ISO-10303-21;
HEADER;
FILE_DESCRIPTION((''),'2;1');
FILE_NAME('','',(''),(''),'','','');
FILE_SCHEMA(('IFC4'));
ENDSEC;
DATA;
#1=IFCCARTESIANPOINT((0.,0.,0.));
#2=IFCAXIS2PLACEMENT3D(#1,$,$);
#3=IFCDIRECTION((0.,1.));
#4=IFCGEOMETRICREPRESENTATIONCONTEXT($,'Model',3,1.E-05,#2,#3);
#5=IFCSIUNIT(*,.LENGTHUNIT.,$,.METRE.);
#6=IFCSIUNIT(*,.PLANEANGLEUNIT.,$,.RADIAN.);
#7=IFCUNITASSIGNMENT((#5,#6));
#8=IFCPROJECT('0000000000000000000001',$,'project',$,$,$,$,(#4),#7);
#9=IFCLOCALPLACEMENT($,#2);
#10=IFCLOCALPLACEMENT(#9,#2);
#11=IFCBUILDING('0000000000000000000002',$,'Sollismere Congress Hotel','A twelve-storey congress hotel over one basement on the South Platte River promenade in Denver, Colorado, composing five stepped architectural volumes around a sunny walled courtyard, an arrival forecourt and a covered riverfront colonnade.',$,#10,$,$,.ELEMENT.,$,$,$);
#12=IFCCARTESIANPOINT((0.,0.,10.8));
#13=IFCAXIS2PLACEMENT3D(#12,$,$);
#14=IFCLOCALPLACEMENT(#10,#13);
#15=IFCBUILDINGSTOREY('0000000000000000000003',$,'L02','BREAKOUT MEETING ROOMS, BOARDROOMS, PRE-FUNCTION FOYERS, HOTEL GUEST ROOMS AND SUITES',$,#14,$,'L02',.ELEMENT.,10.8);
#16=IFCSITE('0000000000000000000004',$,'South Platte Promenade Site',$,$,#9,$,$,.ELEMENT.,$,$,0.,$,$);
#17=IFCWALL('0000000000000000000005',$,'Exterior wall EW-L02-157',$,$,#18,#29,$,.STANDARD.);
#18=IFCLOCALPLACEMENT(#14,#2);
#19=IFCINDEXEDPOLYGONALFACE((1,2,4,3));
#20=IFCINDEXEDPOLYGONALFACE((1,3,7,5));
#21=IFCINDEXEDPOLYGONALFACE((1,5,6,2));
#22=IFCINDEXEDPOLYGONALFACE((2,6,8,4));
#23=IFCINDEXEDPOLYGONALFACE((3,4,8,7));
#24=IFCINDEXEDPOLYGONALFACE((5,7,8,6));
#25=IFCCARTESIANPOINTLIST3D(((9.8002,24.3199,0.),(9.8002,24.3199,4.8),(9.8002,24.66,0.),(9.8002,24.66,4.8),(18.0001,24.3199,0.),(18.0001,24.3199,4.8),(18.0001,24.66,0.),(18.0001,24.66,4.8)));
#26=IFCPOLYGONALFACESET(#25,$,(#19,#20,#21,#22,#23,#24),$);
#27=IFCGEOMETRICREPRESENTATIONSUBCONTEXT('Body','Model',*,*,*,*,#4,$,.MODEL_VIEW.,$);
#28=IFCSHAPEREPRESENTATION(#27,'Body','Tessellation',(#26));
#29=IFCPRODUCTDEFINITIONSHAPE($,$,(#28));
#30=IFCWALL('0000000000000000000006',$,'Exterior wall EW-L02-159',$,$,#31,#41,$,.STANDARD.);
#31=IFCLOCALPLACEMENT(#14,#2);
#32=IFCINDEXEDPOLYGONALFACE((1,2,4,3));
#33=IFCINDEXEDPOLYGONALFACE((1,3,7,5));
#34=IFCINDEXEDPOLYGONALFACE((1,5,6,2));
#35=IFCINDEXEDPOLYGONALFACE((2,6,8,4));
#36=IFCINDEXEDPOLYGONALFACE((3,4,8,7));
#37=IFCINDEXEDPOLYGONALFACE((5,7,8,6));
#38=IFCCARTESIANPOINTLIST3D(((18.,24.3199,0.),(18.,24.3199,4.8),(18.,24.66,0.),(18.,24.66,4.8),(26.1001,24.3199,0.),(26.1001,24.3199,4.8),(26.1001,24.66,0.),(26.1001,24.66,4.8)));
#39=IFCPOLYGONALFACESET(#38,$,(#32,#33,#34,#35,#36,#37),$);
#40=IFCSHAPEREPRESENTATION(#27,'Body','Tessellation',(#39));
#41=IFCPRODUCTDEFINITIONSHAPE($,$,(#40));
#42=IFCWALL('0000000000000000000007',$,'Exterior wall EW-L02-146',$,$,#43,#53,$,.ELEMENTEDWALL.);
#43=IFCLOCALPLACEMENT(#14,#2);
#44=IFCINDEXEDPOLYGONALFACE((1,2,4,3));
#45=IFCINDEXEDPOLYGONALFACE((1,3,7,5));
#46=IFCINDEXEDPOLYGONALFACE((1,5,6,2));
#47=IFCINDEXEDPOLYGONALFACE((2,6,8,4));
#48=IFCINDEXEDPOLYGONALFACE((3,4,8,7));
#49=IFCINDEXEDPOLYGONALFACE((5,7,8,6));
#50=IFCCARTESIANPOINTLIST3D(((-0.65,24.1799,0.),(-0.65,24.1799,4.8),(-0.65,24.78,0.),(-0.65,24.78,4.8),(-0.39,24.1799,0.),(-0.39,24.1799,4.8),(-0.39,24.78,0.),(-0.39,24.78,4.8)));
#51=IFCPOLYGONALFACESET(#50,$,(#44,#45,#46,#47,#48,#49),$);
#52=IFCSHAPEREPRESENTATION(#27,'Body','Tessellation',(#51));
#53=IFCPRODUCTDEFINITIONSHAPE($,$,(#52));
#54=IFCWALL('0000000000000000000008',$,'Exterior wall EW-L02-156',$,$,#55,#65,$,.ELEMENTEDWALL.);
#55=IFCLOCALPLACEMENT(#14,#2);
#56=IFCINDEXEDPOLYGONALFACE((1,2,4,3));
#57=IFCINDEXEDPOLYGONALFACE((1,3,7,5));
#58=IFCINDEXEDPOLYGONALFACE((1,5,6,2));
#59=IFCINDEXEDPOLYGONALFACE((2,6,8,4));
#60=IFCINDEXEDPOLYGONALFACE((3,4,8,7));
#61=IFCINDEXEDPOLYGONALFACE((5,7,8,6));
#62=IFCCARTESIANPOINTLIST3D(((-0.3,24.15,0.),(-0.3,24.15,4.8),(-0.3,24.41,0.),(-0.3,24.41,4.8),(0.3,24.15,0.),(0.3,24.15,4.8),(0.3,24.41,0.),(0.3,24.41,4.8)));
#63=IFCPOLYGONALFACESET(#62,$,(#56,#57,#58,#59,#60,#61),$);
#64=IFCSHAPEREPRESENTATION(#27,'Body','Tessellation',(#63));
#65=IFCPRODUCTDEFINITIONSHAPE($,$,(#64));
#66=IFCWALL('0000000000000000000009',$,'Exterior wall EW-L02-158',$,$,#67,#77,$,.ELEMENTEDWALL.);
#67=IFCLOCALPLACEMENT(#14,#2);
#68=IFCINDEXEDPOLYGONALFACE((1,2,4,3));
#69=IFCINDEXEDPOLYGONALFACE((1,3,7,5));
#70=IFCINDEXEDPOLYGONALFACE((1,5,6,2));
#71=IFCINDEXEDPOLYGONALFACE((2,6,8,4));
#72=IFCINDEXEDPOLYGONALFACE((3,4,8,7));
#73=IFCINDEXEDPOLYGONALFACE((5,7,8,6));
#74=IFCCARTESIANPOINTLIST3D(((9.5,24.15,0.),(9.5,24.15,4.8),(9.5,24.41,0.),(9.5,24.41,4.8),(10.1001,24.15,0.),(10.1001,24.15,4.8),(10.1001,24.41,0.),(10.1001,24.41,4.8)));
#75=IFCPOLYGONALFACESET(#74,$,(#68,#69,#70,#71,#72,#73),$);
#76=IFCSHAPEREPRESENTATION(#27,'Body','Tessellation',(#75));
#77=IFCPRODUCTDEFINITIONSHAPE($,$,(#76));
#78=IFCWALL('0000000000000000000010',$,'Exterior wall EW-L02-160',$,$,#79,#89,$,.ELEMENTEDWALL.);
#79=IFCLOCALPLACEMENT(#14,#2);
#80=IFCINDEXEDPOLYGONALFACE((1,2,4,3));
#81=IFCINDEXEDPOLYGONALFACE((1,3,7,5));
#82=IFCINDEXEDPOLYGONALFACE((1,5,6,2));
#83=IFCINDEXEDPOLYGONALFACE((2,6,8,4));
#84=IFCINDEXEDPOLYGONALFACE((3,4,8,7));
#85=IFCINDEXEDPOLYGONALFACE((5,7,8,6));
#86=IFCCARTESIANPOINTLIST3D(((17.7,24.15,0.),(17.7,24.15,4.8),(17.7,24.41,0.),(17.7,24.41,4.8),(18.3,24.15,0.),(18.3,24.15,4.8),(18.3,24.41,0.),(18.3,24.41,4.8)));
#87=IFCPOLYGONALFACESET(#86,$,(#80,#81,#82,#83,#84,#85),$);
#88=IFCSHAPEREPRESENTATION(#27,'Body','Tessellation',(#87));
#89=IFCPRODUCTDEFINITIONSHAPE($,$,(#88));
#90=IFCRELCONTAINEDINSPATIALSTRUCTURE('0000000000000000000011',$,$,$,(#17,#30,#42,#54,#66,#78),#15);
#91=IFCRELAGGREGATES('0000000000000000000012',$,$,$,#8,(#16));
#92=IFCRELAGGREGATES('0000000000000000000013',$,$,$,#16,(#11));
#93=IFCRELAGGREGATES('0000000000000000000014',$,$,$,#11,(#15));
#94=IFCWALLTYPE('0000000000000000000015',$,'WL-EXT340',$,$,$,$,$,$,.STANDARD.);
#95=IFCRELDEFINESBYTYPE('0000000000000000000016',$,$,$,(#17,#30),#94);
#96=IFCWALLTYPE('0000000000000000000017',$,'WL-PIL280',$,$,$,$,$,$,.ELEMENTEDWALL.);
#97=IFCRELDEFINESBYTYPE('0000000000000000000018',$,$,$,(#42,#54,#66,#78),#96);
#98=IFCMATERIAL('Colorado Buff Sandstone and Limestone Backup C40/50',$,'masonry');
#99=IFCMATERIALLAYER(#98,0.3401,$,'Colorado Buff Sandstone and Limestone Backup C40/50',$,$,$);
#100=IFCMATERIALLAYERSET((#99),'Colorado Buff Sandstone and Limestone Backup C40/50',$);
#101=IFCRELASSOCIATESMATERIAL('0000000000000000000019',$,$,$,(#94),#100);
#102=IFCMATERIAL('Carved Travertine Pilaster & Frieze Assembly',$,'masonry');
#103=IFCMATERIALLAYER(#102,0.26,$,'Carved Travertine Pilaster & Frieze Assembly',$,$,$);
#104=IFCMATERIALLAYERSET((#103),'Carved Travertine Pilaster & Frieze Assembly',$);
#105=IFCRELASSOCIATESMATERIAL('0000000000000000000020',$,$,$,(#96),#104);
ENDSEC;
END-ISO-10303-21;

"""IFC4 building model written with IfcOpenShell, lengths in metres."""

from ifc_helpers import new_model, si_unit, direction, frame, frame_2d, origin, place, context, subcontext, project, spatial, rectangle, extrude, material, layer, layer_set, type_object, element, save


model = new_model("IFC4")

# Units and contexts
model_context = context("Model", 3, precision=1e-05, world=origin(), true_north=direction((0.0, 1.0)))
body_context = subcontext(model_context, "Body", "Model", "MODEL_VIEW")
ifc_project = project(units=[si_unit("LENGTHUNIT", "METRE"), si_unit("PLANEANGLEUNIT", "RADIAN")], contexts=[model_context])

# Site, building, storey
site_placement = place(None, origin())
site = spatial("IfcSite", under=ifc_project, at=site_placement, Name="South Platte Promenade Site", CompositionType="ELEMENT", RefElevation=0.0)
building_placement = place(site_placement, origin())
building = spatial("IfcBuilding", under=site, at=building_placement, Name="Sollismere Congress Hotel", Description="A twelve-storey congress hotel over one basement on the South Platte River promenade in Denver, Colorado, composing five stepped architectural volumes around a sunny walled courtyard, an arrival forecourt and a covered riverfront colonnade.", CompositionType="ELEMENT")
storey_placement = place(building_placement, frame((0.0, 0.0, 10.8)))
storey = spatial("IfcBuildingStorey", under=building, at=storey_placement, Name="L02", Description="BREAKOUT MEETING ROOMS, BOARDROOMS, PRE-FUNCTION FOYERS, HOTEL GUEST ROOMS AND SUITES", LongName="L02", CompositionType="ELEMENT", Elevation=10.8)

# Shared definitions
ifc_material_1 = material(Name="Colorado Buff Sandstone and Limestone Backup C40/50", Category="masonry")
ifc_layer_1 = layer(ifc_material_1, 0.3401, Name="Colorado Buff Sandstone and Limestone Backup C40/50")
ifc_layer_set_1 = layer_set([ifc_layer_1], Name="Colorado Buff Sandstone and Limestone Backup C40/50")
wall_type_1 = type_object("IfcWallType", Name="WL-EXT340", PredefinedType="STANDARD", material=ifc_layer_set_1)

# Walls
wall_1_placement = place(storey_placement, frame((9.8, 24.49, 0.0), z_axis=(0.0, 0.0, 1.0), x_axis=(1.0, 0.0, 0.0)))
element("IfcWall", 1, at=wall_1_placement, inside=storey, type_object=wall_type_1, Name="Exterior wall EW-L02-157", PredefinedType="STANDARD", context=body_context, shape_type="SweptSolid", body=[
    extrude(rectangle(XDim=8.2, YDim=0.3401, at=frame_2d((4.1001, 0.0))), origin(), (0.0, 0.0, 1.0), 4.8),
])
wall_2_placement = place(storey_placement, frame((18.0, 24.49, 0.0), z_axis=(0.0, 0.0, 1.0), x_axis=(1.0, 0.0, 0.0)))
element("IfcWall", 2, at=wall_2_placement, inside=storey, type_object=wall_type_1, Name="Exterior wall EW-L02-159", PredefinedType="STANDARD", context=body_context, shape_type="SweptSolid", body=[
    extrude(rectangle(XDim=8.1001, YDim=0.3401, at=frame_2d((4.05, 0.0))), origin(), (0.0, 0.0, 1.0), 4.8),
])
ifc_material_2 = material(Name="Carved Travertine Pilaster & Frieze Assembly", Category="masonry")
ifc_layer_2 = layer(ifc_material_2, 0.26, Name="Carved Travertine Pilaster & Frieze Assembly")
ifc_layer_set_2 = layer_set([ifc_layer_2], Name="Carved Travertine Pilaster & Frieze Assembly")
wall_type_2 = type_object("IfcWallType", Name="WL-PIL280", PredefinedType="ELEMENTEDWALL", material=ifc_layer_set_2)
for number, where, z_axis, x_axis, name in (
    (3, (-0.52, 24.1799, 0.0), (0.0, 0.0, 1.0), (0.0, 1.0, 0.0), "Exterior wall EW-L02-146"),
    (4, (-0.3, 24.28, 0.0), (0.0, 0.0, 1.0), (1.0, 0.0, 0.0), "Exterior wall EW-L02-156"),
    (5, (9.5, 24.28, 0.0), (0.0, 0.0, 1.0), (1.0, 0.0, 0.0), "Exterior wall EW-L02-158"),
    (6, (17.7, 24.28, 0.0), (0.0, 0.0, 1.0), (1.0, 0.0, 0.0), "Exterior wall EW-L02-160"),
):
    element("IfcWall", number, at=place(storey_placement, frame(where, z_axis=z_axis, x_axis=x_axis)), inside=storey, type_object=wall_type_2, Name=name, PredefinedType="ELEMENTEDWALL", context=body_context, shape_type="SweptSolid", body=[
        extrude(rectangle(XDim=0.6001, YDim=0.26, at=frame_2d((0.3, 0.0))), origin(), (0.0, 0.0, 1.0), 4.8),
    ])

save(model, "model.ifc")
